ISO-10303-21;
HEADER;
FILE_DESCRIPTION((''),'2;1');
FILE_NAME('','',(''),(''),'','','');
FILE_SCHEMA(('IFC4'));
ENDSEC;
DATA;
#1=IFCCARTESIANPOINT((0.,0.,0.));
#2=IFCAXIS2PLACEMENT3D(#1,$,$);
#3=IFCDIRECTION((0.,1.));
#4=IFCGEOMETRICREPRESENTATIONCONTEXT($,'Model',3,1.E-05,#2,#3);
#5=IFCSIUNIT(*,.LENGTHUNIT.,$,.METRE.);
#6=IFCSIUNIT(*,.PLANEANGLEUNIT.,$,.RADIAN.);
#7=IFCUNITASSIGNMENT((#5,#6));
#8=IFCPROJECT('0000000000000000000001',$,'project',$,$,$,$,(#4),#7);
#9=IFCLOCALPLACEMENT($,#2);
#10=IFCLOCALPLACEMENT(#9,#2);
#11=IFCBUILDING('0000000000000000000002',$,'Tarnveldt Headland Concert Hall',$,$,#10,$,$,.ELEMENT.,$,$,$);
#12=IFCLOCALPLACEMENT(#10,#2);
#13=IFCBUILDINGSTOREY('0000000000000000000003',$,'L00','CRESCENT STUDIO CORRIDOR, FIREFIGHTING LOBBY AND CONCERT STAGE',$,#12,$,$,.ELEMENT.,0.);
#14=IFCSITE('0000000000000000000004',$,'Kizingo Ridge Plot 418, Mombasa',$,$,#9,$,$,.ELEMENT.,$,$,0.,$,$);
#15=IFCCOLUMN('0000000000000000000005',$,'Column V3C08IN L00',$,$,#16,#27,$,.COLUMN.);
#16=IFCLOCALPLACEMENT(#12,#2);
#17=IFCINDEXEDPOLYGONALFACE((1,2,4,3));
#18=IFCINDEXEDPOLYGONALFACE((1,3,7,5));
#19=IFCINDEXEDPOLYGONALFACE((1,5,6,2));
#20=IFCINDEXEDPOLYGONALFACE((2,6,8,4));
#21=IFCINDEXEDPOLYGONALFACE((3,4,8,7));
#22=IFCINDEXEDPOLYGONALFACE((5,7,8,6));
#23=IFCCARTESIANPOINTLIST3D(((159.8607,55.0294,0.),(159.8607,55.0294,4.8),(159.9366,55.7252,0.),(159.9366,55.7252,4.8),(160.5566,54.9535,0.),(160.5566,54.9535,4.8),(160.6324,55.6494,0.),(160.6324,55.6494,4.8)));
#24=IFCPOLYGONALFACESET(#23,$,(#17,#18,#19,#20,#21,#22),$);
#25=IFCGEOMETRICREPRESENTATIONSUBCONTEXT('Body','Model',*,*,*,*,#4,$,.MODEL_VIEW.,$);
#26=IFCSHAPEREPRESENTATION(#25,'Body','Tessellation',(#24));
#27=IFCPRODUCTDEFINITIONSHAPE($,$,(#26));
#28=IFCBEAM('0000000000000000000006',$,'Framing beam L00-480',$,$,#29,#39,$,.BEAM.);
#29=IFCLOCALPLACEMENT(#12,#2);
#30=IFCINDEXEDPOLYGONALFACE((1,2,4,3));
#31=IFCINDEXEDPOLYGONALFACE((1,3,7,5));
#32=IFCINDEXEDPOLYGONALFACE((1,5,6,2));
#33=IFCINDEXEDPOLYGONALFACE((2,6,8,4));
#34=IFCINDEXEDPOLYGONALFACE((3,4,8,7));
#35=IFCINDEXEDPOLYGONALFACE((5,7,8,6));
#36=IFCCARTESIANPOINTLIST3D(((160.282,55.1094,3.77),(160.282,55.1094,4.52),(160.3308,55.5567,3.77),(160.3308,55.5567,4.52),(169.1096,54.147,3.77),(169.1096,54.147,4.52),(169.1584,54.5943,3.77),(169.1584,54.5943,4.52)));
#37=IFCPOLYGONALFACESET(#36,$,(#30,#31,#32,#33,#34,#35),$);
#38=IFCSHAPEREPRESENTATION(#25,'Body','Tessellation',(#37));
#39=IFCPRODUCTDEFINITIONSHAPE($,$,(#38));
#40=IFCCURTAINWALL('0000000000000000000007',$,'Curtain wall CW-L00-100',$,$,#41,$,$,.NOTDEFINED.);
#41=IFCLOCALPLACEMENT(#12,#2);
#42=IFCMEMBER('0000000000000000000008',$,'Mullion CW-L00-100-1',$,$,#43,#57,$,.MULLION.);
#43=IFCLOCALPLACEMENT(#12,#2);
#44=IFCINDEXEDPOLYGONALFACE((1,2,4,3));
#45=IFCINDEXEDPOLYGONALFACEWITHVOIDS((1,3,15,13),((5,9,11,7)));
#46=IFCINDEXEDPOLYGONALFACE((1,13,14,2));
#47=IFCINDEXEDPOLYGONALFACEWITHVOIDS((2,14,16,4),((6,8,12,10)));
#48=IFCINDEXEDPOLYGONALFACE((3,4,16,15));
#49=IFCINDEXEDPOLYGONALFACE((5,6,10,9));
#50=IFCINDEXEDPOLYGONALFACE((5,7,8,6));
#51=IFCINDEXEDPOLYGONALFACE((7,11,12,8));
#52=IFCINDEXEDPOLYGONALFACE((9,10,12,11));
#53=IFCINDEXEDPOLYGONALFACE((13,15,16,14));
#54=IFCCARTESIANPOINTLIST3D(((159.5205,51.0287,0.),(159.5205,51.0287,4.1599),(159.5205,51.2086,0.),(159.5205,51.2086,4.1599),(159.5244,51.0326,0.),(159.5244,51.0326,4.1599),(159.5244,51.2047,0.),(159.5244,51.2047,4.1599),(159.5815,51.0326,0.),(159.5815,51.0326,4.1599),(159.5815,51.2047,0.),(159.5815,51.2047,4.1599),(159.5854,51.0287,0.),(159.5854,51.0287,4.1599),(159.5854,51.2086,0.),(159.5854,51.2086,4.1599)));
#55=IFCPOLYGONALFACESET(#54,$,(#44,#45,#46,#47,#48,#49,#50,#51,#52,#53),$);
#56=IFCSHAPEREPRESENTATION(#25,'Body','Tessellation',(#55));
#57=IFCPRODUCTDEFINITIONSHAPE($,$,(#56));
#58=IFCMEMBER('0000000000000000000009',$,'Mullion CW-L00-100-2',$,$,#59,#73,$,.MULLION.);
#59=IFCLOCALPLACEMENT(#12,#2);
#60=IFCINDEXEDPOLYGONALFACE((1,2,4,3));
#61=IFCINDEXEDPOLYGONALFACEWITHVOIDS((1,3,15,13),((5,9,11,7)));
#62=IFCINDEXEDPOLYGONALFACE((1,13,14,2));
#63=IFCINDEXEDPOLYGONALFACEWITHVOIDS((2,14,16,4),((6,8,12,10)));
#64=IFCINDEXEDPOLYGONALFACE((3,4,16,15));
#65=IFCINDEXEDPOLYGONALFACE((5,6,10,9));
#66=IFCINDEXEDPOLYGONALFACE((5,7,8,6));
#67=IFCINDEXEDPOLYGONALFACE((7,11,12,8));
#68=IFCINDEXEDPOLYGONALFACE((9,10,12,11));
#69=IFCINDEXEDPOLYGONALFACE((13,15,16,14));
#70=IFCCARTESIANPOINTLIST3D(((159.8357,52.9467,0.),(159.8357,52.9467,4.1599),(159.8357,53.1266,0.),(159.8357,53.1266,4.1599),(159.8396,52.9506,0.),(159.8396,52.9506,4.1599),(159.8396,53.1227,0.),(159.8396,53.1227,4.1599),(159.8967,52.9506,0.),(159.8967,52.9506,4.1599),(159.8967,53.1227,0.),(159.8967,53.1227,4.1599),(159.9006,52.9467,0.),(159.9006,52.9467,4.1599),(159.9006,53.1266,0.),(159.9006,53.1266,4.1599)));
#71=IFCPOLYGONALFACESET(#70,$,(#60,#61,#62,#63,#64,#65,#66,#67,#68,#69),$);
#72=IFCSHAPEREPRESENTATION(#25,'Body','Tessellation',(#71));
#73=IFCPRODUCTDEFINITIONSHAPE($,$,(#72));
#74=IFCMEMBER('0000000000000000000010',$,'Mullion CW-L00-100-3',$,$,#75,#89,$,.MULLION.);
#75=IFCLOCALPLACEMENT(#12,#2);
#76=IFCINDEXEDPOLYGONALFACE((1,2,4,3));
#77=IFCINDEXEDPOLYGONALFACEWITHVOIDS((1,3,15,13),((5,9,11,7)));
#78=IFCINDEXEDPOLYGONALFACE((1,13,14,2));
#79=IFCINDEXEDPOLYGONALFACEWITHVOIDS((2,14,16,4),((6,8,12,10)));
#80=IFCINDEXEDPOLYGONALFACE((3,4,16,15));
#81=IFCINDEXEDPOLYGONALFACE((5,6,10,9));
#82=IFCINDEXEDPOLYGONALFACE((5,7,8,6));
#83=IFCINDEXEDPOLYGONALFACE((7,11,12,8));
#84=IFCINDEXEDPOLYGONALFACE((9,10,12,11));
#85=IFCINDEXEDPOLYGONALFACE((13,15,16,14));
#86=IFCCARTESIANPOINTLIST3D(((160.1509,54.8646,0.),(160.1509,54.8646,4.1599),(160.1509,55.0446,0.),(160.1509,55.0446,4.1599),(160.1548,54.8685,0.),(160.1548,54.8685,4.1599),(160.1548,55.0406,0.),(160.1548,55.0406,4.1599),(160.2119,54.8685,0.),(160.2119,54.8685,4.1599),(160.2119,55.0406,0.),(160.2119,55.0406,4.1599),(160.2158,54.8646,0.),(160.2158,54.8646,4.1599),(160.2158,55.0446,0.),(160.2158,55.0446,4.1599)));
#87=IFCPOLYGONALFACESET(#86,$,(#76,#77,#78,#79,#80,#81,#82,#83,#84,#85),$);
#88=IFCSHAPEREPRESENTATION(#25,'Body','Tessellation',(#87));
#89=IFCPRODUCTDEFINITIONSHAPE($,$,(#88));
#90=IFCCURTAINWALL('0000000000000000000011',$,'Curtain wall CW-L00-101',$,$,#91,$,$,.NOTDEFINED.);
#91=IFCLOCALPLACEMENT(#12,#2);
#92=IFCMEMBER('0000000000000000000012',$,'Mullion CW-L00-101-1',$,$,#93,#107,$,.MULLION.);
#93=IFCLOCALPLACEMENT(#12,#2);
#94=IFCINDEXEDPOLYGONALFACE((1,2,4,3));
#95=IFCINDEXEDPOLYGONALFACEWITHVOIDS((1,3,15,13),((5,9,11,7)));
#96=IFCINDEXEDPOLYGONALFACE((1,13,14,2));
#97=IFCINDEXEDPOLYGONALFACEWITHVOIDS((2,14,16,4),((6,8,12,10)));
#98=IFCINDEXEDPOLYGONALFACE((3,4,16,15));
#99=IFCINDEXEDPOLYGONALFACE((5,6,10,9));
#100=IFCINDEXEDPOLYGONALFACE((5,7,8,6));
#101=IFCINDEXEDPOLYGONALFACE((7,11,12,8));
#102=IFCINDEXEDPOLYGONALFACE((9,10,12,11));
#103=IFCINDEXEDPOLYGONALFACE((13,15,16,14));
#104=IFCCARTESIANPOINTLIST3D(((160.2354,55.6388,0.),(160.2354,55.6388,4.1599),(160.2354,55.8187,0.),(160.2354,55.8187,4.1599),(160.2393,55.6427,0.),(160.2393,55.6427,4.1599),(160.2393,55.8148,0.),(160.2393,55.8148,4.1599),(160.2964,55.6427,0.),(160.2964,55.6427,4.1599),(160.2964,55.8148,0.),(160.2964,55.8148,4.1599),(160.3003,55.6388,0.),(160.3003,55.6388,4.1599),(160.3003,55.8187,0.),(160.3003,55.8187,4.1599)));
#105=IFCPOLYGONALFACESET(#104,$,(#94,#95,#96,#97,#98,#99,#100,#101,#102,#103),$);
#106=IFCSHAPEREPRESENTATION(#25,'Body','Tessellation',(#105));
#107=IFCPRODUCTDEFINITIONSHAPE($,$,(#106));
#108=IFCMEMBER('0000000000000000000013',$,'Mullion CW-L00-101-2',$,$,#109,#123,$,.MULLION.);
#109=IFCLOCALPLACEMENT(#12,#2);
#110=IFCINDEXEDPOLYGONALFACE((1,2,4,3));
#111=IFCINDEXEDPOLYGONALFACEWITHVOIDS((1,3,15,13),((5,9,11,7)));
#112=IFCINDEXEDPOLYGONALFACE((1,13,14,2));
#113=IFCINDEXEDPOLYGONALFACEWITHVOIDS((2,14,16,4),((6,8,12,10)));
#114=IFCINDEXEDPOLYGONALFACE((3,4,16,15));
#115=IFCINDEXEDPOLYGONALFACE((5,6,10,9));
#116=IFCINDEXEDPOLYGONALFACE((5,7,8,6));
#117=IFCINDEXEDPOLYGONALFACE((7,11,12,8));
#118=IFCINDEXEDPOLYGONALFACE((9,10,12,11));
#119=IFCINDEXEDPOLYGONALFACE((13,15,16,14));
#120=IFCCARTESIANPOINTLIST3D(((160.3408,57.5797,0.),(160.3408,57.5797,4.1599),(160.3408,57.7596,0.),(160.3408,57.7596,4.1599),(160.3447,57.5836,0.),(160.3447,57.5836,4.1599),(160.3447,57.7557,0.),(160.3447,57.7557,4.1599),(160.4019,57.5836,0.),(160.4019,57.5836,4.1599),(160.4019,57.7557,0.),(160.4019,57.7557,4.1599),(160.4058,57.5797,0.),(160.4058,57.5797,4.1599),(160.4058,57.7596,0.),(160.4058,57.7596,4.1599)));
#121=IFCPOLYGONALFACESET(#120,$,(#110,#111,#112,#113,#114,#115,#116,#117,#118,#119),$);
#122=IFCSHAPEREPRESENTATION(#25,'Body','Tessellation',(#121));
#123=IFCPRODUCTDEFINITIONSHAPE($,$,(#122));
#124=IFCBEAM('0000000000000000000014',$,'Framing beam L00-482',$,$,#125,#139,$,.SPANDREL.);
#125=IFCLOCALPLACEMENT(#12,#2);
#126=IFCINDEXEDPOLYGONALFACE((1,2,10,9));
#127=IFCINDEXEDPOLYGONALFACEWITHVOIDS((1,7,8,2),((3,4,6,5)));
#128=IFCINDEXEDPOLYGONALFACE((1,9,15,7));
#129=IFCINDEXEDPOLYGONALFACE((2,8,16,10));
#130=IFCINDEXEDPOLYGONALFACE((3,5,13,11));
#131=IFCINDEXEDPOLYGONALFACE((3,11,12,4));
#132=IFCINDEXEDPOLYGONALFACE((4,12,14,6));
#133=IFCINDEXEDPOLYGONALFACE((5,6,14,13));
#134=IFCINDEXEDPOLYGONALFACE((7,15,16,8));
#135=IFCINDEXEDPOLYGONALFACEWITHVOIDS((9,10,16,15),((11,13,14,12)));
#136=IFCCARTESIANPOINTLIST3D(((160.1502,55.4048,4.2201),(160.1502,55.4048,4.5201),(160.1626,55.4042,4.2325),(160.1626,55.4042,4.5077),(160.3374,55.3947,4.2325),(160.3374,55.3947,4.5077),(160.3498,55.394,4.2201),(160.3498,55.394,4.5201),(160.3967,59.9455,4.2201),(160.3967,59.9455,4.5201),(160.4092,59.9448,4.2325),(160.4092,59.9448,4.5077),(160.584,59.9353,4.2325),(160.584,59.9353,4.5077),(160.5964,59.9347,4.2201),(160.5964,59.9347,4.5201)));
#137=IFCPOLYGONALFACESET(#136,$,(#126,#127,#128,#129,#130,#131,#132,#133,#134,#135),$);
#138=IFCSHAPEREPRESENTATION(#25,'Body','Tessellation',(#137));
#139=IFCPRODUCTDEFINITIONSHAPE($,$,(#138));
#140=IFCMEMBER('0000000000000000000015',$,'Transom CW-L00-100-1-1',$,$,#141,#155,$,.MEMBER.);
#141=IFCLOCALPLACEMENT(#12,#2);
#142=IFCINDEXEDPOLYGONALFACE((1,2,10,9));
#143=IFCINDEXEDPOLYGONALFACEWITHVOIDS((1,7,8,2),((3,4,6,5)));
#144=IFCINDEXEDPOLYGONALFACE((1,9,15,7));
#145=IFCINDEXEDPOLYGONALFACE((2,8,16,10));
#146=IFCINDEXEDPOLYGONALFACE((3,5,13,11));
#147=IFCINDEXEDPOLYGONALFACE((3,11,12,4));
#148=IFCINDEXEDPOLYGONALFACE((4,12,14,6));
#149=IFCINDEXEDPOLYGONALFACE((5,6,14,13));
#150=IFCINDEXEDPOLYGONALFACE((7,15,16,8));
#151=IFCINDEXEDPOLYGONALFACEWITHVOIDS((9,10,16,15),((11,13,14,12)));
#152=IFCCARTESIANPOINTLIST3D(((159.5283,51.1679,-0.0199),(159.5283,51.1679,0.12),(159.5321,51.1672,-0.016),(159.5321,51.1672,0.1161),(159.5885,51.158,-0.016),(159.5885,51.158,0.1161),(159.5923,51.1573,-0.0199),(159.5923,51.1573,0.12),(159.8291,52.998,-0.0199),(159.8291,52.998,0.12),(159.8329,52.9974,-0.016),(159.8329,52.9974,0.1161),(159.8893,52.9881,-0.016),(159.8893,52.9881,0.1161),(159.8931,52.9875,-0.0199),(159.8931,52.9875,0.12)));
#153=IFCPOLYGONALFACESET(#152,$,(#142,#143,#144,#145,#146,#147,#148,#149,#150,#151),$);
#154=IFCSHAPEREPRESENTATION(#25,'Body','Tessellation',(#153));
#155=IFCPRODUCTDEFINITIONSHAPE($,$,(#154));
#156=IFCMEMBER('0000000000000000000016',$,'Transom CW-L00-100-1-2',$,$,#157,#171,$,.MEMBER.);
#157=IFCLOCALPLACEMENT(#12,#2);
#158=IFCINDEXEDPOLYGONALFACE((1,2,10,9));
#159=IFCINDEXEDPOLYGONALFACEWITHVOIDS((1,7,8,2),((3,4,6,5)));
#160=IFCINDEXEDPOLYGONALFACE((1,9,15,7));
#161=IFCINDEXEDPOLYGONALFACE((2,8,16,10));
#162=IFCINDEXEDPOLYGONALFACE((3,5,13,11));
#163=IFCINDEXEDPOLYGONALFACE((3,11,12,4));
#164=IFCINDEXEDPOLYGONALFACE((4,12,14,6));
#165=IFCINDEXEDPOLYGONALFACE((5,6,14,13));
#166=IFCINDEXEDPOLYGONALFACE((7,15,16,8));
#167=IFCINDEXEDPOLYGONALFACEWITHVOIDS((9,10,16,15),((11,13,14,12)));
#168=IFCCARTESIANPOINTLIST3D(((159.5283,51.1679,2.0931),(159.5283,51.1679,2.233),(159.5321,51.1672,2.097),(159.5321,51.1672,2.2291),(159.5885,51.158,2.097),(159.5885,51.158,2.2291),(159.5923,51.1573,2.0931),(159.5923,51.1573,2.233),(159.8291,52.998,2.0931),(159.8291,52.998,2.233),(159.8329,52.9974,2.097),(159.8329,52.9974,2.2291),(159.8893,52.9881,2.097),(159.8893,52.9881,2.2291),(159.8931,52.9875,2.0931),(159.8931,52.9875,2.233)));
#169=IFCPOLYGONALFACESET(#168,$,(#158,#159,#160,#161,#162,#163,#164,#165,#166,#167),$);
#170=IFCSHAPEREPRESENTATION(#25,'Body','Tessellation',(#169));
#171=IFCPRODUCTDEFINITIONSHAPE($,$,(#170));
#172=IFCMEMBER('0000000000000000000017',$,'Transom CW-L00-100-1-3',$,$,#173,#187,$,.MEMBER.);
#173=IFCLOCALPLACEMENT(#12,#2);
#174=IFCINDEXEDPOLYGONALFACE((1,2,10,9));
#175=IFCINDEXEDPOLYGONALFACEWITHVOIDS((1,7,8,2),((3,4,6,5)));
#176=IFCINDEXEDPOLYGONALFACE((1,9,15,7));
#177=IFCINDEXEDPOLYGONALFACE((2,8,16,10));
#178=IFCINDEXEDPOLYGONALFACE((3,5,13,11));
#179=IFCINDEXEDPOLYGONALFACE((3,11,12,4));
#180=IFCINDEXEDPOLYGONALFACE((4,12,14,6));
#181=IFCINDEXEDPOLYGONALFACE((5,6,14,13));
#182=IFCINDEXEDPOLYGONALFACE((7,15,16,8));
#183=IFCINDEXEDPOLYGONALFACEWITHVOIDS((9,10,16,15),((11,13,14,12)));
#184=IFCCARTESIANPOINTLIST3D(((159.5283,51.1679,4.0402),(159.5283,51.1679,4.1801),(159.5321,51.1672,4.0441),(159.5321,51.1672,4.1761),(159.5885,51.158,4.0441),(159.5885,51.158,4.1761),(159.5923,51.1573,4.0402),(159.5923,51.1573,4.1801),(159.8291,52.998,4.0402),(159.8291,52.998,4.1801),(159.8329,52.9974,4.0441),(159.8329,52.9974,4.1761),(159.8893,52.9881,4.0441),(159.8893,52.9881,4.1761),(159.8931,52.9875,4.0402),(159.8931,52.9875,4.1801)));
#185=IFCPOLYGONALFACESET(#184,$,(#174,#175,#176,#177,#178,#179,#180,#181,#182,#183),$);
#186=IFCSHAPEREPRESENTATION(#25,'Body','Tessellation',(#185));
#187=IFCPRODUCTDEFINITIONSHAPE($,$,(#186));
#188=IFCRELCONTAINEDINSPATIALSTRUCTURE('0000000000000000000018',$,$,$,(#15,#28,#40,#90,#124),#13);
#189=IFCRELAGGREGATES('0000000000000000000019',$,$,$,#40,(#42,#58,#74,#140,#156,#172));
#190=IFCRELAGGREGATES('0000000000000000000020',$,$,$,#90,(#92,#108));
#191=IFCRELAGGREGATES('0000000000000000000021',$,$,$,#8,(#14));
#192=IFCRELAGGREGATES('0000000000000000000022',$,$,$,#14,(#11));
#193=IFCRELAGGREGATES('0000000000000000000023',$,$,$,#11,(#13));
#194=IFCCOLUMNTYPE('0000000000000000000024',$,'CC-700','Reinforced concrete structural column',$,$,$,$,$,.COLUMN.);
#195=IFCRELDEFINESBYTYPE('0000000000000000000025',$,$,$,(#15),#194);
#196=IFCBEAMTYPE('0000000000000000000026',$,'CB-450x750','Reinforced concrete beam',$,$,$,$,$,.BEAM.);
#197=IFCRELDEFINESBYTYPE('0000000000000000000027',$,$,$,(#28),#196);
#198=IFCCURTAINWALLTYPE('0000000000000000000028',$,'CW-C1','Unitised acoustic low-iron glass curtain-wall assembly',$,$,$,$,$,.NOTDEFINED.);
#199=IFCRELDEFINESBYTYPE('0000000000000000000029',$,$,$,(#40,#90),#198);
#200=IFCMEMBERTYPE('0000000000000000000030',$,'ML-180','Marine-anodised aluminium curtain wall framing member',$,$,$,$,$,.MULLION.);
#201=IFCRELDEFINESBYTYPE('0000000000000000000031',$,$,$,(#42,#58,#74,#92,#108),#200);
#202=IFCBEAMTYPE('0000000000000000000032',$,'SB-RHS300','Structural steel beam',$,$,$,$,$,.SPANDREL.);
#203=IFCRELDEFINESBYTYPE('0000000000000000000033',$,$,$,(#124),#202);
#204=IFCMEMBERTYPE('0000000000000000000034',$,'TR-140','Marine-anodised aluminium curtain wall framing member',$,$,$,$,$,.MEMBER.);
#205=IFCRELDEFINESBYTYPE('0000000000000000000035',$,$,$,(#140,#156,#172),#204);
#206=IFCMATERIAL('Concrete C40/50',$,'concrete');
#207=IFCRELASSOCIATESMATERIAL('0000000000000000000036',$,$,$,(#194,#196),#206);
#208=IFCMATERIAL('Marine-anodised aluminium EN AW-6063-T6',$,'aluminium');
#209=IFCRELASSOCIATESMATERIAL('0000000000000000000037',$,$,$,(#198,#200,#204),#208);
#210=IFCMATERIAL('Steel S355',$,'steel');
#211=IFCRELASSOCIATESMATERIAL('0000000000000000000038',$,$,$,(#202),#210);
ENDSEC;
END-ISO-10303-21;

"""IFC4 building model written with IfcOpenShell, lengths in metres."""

from ifc_helpers import new_model, si_unit, direction, frame, origin, origin_2d, place, context, subcontext, project, spatial, rectangle, hollow_rectangle, extrude, material, material_profile, profile_set, type_object, element, aggregate, save


model = new_model("IFC4")

# Units and contexts
model_context = context("Model", 3, precision=1e-05, world=origin(), true_north=direction((0.0, 1.0)))
body_context = subcontext(model_context, "Body", "Model", "MODEL_VIEW")
ifc_project = project(units=[si_unit("LENGTHUNIT", "METRE"), si_unit("PLANEANGLEUNIT", "RADIAN")], contexts=[model_context])

# Site, building, storey
site_placement = place(None, origin())
site = spatial("IfcSite", under=ifc_project, at=site_placement, Name="Kizingo Ridge Plot 418, Mombasa", CompositionType="ELEMENT", RefElevation=0.0)
building_placement = place(site_placement, origin())
building = spatial("IfcBuilding", under=site, at=building_placement, Name="Tarnveldt Headland Concert Hall", CompositionType="ELEMENT")
storey_placement = place(building_placement, origin())
storey = spatial("IfcBuildingStorey", under=building, at=storey_placement, Name="L00", Description="CRESCENT STUDIO CORRIDOR, FIREFIGHTING LOBBY AND CONCERT STAGE", CompositionType="ELEMENT", Elevation=0.0)

# Column
ifc_material_1 = material(Name="Concrete C40/50", Category="concrete")
ifc_material_profile_1 = material_profile(ifc_material_1, rectangle(XDim=0.7, YDim=0.7, at=origin_2d()), Name="RC 700x700", Category="concrete")
ifc_profile_set_1 = profile_set([ifc_material_profile_1], Name="Concrete C40/50")
column_type = type_object("IfcColumnType", Name="CC-700", Description="Reinforced concrete structural column", PredefinedType="COLUMN", material=ifc_profile_set_1)
column_placement = place(storey_placement, frame((160.2466, 55.3394, 0.0), z_axis=(0.0, 0.0, 1.0), x_axis=(0.994113, -0.108346, 0.0)))
element("IfcColumn", 1, at=column_placement, inside=storey, type_object=column_type, Name="Column V3C08IN L00", PredefinedType="COLUMN", context=body_context, shape_type="SweptSolid", body=[
    extrude(rectangle(XDim=0.7, YDim=0.7, at=origin_2d()), origin(), (0.0, 0.0, 1.0), 4.8),
])

# Beam
ifc_material_profile_2 = material_profile(ifc_material_1, rectangle(XDim=0.45, YDim=0.75, at=origin_2d()), Name="RC 450x750", Category="concrete")
ifc_profile_set_2 = profile_set([ifc_material_profile_2], Name="Concrete C40/50")
beam_type_1 = type_object("IfcBeamType", Name="CB-450x750", Description="Reinforced concrete beam", PredefinedType="BEAM", material=ifc_profile_set_2)
beam_1_placement = place(storey_placement, frame((160.3064, 55.333, 4.145), z_axis=(0.99411, -0.108379, 0.0), x_axis=(0.108379, 0.99411, 0.0)))
element("IfcBeam", 2, at=beam_1_placement, inside=storey, type_object=beam_type_1, Name="Framing beam L00-480", PredefinedType="BEAM", context=body_context, shape_type="SweptSolid", body=[
    extrude(rectangle(XDim=0.45, YDim=0.75, at=origin_2d()), origin(), (0.0, 0.0, 1.0), 8.8799),
])

# Curtain walls, members
ifc_material_2 = material(Name="Marine-anodised aluminium EN AW-6063-T6", Category="aluminium")
curtain_wall_type = type_object("IfcCurtainWallType", Name="CW-C1", Description="Unitised acoustic low-iron glass curtain-wall assembly", PredefinedType="NOTDEFINED", material=ifc_material_2)
curtain_wall_1_placement = place(storey_placement, origin())
curtain_wall_1 = element("IfcCurtainWall", 3, at=curtain_wall_1_placement, inside=storey, type_object=curtain_wall_type, Name="Curtain wall CW-L00-100", PredefinedType="NOTDEFINED")
ifc_material_profile_3 = material_profile(ifc_material_2, hollow_rectangle(XDim=0.0649, YDim=0.1799, WallThickness=0.0039, at=origin_2d()), Name="ALU MULLION 65x180x4", Category="aluminium")
ifc_profile_set_3 = profile_set([ifc_material_profile_3], Name="Marine-anodised aluminium EN AW-6063-T6")
member_type_1 = type_object("IfcMemberType", Name="ML-180", Description="Marine-anodised aluminium curtain wall framing member", PredefinedType="MULLION", material=ifc_profile_set_3)
member_1_placement = place(storey_placement, frame((159.553, 51.1187, 0.0), z_axis=(0.0, 0.0, 1.0), x_axis=(1.0, 0.0, 0.0)))
member_1 = element("IfcMember", 4, at=member_1_placement, type_object=member_type_1, Name="Mullion CW-L00-100-1", PredefinedType="MULLION", context=body_context, shape_type="SweptSolid", body=[
    extrude(hollow_rectangle(XDim=0.0649, YDim=0.1799, WallThickness=0.0039, at=origin_2d()), origin(), (0.0, 0.0, 1.0), 4.1599),
])
member_2_placement = place(storey_placement, frame((159.8682, 53.0366, 0.0), z_axis=(0.0, 0.0, 1.0), x_axis=(1.0, 0.0, 0.0)))
member_2 = element("IfcMember", 5, at=member_2_placement, type_object=member_type_1, Name="Mullion CW-L00-100-2", PredefinedType="MULLION", context=body_context, shape_type="SweptSolid", body=[
    extrude(hollow_rectangle(XDim=0.0649, YDim=0.1799, WallThickness=0.0039, at=origin_2d()), origin(), (0.0, 0.0, 1.0), 4.1599),
])
member_3_placement = place(storey_placement, frame((160.1833, 54.9546, 0.0), z_axis=(0.0, 0.0, 1.0), x_axis=(1.0, 0.0, 0.0)))
member_3 = element("IfcMember", 6, at=member_3_placement, type_object=member_type_1, Name="Mullion CW-L00-100-3", PredefinedType="MULLION", context=body_context, shape_type="SweptSolid", body=[
    extrude(hollow_rectangle(XDim=0.0649, YDim=0.1799, WallThickness=0.0039, at=origin_2d()), origin(), (0.0, 0.0, 1.0), 4.1599),
])
curtain_wall_2_placement = place(storey_placement, origin())
curtain_wall_2 = element("IfcCurtainWall", 7, at=curtain_wall_2_placement, inside=storey, type_object=curtain_wall_type, Name="Curtain wall CW-L00-101", PredefinedType="NOTDEFINED")
member_4_placement = place(storey_placement, frame((160.2678, 55.7288, 0.0), z_axis=(0.0, 0.0, 1.0), x_axis=(1.0, 0.0, 0.0)))
member_4 = element("IfcMember", 8, at=member_4_placement, type_object=member_type_1, Name="Mullion CW-L00-101-1", PredefinedType="MULLION", context=body_context, shape_type="SweptSolid", body=[
    extrude(hollow_rectangle(XDim=0.0649, YDim=0.1799, WallThickness=0.0039, at=origin_2d()), origin(), (0.0, 0.0, 1.0), 4.1599),
])
member_5_placement = place(storey_placement, frame((160.3733, 57.6697, 0.0), z_axis=(0.0, 0.0, 1.0), x_axis=(1.0, 0.0, 0.0)))
member_5 = element("IfcMember", 9, at=member_5_placement, type_object=member_type_1, Name="Mullion CW-L00-101-2", PredefinedType="MULLION", context=body_context, shape_type="SweptSolid", body=[
    extrude(hollow_rectangle(XDim=0.0649, YDim=0.1799, WallThickness=0.0039, at=origin_2d()), origin(), (0.0, 0.0, 1.0), 4.1599),
])

# Beam
ifc_material_3 = material(Name="Steel S355", Category="steel")
ifc_material_profile_4 = material_profile(ifc_material_3, hollow_rectangle(XDim=0.2, YDim=0.3, WallThickness=0.0125, at=origin_2d()), Name="RHS 300x200x12.5", Category="steel")
ifc_profile_set_4 = profile_set([ifc_material_profile_4], Name="Steel S355")
beam_type_2 = type_object("IfcBeamType", Name="SB-RHS300", Description="Structural steel beam", PredefinedType="SPANDREL", material=ifc_profile_set_4)
beam_2_placement = place(storey_placement, frame((160.25, 55.3994, 4.3701), z_axis=(0.054224, 0.998529, 0.0), x_axis=(-0.998529, 0.054224, 0.0)))
element("IfcBeam", 10, at=beam_2_placement, inside=storey, type_object=beam_type_2, Name="Framing beam L00-482", PredefinedType="SPANDREL", context=body_context, shape_type="SweptSolid", body=[
    extrude(hollow_rectangle(XDim=0.2, YDim=0.3, WallThickness=0.0125, at=origin_2d()), origin(), (0.0, 0.0, 1.0), 4.5474),
])

# Members
ifc_material_profile_5 = material_profile(ifc_material_2, hollow_rectangle(XDim=0.0649, YDim=0.1399, WallThickness=0.0039, at=origin_2d()), Name="ALU TRANSOM 65x140x4", Category="aluminium")
ifc_profile_set_5 = profile_set([ifc_material_profile_5], Name="Marine-anodised aluminium EN AW-6063-T6")
member_type_2 = type_object("IfcMemberType", Name="TR-140", Description="Marine-anodised aluminium curtain wall framing member", PredefinedType="MEMBER", material=ifc_profile_set_5)
member_6_placement = place(storey_placement, frame((159.5603, 51.1626, 0.05), z_axis=(0.162179, 0.986761, 0.0), x_axis=(-0.986761, 0.162179, 0.0)))
member_6 = element("IfcMember", 11, at=member_6_placement, type_object=member_type_2, Name="Transom CW-L00-100-1-1", PredefinedType="MEMBER", context=body_context, shape_type="SweptSolid", body=[
    extrude(hollow_rectangle(XDim=0.0649, YDim=0.1399, WallThickness=0.0039, at=origin_2d()), origin(), (0.0, 0.0, 1.0), 1.8547),
])
member_7_placement = place(storey_placement, frame((159.5603, 51.1626, 2.1631), z_axis=(0.162179, 0.986761, 0.0), x_axis=(-0.986761, 0.162179, 0.0)))
member_7 = element("IfcMember", 12, at=member_7_placement, type_object=member_type_2, Name="Transom CW-L00-100-1-2", PredefinedType="MEMBER", context=body_context, shape_type="SweptSolid", body=[
    extrude(hollow_rectangle(XDim=0.0649, YDim=0.1399, WallThickness=0.0039, at=origin_2d()), origin(), (0.0, 0.0, 1.0), 1.8547),
])
member_8_placement = place(storey_placement, frame((159.5603, 51.1626, 4.1101), z_axis=(0.162179, 0.986761, 0.0), x_axis=(-0.986761, 0.162179, 0.0)))
member_8 = element("IfcMember", 13, at=member_8_placement, type_object=member_type_2, Name="Transom CW-L00-100-1-3", PredefinedType="MEMBER", context=body_context, shape_type="SweptSolid", body=[
    extrude(hollow_rectangle(XDim=0.0649, YDim=0.1399, WallThickness=0.0039, at=origin_2d()), origin(), (0.0, 0.0, 1.0), 1.8547),
])

aggregate(curtain_wall_1, [member_1, member_2, member_3, member_6, member_7, member_8])
aggregate(curtain_wall_2, [member_4, member_5])

save(model, "model.ifc")
